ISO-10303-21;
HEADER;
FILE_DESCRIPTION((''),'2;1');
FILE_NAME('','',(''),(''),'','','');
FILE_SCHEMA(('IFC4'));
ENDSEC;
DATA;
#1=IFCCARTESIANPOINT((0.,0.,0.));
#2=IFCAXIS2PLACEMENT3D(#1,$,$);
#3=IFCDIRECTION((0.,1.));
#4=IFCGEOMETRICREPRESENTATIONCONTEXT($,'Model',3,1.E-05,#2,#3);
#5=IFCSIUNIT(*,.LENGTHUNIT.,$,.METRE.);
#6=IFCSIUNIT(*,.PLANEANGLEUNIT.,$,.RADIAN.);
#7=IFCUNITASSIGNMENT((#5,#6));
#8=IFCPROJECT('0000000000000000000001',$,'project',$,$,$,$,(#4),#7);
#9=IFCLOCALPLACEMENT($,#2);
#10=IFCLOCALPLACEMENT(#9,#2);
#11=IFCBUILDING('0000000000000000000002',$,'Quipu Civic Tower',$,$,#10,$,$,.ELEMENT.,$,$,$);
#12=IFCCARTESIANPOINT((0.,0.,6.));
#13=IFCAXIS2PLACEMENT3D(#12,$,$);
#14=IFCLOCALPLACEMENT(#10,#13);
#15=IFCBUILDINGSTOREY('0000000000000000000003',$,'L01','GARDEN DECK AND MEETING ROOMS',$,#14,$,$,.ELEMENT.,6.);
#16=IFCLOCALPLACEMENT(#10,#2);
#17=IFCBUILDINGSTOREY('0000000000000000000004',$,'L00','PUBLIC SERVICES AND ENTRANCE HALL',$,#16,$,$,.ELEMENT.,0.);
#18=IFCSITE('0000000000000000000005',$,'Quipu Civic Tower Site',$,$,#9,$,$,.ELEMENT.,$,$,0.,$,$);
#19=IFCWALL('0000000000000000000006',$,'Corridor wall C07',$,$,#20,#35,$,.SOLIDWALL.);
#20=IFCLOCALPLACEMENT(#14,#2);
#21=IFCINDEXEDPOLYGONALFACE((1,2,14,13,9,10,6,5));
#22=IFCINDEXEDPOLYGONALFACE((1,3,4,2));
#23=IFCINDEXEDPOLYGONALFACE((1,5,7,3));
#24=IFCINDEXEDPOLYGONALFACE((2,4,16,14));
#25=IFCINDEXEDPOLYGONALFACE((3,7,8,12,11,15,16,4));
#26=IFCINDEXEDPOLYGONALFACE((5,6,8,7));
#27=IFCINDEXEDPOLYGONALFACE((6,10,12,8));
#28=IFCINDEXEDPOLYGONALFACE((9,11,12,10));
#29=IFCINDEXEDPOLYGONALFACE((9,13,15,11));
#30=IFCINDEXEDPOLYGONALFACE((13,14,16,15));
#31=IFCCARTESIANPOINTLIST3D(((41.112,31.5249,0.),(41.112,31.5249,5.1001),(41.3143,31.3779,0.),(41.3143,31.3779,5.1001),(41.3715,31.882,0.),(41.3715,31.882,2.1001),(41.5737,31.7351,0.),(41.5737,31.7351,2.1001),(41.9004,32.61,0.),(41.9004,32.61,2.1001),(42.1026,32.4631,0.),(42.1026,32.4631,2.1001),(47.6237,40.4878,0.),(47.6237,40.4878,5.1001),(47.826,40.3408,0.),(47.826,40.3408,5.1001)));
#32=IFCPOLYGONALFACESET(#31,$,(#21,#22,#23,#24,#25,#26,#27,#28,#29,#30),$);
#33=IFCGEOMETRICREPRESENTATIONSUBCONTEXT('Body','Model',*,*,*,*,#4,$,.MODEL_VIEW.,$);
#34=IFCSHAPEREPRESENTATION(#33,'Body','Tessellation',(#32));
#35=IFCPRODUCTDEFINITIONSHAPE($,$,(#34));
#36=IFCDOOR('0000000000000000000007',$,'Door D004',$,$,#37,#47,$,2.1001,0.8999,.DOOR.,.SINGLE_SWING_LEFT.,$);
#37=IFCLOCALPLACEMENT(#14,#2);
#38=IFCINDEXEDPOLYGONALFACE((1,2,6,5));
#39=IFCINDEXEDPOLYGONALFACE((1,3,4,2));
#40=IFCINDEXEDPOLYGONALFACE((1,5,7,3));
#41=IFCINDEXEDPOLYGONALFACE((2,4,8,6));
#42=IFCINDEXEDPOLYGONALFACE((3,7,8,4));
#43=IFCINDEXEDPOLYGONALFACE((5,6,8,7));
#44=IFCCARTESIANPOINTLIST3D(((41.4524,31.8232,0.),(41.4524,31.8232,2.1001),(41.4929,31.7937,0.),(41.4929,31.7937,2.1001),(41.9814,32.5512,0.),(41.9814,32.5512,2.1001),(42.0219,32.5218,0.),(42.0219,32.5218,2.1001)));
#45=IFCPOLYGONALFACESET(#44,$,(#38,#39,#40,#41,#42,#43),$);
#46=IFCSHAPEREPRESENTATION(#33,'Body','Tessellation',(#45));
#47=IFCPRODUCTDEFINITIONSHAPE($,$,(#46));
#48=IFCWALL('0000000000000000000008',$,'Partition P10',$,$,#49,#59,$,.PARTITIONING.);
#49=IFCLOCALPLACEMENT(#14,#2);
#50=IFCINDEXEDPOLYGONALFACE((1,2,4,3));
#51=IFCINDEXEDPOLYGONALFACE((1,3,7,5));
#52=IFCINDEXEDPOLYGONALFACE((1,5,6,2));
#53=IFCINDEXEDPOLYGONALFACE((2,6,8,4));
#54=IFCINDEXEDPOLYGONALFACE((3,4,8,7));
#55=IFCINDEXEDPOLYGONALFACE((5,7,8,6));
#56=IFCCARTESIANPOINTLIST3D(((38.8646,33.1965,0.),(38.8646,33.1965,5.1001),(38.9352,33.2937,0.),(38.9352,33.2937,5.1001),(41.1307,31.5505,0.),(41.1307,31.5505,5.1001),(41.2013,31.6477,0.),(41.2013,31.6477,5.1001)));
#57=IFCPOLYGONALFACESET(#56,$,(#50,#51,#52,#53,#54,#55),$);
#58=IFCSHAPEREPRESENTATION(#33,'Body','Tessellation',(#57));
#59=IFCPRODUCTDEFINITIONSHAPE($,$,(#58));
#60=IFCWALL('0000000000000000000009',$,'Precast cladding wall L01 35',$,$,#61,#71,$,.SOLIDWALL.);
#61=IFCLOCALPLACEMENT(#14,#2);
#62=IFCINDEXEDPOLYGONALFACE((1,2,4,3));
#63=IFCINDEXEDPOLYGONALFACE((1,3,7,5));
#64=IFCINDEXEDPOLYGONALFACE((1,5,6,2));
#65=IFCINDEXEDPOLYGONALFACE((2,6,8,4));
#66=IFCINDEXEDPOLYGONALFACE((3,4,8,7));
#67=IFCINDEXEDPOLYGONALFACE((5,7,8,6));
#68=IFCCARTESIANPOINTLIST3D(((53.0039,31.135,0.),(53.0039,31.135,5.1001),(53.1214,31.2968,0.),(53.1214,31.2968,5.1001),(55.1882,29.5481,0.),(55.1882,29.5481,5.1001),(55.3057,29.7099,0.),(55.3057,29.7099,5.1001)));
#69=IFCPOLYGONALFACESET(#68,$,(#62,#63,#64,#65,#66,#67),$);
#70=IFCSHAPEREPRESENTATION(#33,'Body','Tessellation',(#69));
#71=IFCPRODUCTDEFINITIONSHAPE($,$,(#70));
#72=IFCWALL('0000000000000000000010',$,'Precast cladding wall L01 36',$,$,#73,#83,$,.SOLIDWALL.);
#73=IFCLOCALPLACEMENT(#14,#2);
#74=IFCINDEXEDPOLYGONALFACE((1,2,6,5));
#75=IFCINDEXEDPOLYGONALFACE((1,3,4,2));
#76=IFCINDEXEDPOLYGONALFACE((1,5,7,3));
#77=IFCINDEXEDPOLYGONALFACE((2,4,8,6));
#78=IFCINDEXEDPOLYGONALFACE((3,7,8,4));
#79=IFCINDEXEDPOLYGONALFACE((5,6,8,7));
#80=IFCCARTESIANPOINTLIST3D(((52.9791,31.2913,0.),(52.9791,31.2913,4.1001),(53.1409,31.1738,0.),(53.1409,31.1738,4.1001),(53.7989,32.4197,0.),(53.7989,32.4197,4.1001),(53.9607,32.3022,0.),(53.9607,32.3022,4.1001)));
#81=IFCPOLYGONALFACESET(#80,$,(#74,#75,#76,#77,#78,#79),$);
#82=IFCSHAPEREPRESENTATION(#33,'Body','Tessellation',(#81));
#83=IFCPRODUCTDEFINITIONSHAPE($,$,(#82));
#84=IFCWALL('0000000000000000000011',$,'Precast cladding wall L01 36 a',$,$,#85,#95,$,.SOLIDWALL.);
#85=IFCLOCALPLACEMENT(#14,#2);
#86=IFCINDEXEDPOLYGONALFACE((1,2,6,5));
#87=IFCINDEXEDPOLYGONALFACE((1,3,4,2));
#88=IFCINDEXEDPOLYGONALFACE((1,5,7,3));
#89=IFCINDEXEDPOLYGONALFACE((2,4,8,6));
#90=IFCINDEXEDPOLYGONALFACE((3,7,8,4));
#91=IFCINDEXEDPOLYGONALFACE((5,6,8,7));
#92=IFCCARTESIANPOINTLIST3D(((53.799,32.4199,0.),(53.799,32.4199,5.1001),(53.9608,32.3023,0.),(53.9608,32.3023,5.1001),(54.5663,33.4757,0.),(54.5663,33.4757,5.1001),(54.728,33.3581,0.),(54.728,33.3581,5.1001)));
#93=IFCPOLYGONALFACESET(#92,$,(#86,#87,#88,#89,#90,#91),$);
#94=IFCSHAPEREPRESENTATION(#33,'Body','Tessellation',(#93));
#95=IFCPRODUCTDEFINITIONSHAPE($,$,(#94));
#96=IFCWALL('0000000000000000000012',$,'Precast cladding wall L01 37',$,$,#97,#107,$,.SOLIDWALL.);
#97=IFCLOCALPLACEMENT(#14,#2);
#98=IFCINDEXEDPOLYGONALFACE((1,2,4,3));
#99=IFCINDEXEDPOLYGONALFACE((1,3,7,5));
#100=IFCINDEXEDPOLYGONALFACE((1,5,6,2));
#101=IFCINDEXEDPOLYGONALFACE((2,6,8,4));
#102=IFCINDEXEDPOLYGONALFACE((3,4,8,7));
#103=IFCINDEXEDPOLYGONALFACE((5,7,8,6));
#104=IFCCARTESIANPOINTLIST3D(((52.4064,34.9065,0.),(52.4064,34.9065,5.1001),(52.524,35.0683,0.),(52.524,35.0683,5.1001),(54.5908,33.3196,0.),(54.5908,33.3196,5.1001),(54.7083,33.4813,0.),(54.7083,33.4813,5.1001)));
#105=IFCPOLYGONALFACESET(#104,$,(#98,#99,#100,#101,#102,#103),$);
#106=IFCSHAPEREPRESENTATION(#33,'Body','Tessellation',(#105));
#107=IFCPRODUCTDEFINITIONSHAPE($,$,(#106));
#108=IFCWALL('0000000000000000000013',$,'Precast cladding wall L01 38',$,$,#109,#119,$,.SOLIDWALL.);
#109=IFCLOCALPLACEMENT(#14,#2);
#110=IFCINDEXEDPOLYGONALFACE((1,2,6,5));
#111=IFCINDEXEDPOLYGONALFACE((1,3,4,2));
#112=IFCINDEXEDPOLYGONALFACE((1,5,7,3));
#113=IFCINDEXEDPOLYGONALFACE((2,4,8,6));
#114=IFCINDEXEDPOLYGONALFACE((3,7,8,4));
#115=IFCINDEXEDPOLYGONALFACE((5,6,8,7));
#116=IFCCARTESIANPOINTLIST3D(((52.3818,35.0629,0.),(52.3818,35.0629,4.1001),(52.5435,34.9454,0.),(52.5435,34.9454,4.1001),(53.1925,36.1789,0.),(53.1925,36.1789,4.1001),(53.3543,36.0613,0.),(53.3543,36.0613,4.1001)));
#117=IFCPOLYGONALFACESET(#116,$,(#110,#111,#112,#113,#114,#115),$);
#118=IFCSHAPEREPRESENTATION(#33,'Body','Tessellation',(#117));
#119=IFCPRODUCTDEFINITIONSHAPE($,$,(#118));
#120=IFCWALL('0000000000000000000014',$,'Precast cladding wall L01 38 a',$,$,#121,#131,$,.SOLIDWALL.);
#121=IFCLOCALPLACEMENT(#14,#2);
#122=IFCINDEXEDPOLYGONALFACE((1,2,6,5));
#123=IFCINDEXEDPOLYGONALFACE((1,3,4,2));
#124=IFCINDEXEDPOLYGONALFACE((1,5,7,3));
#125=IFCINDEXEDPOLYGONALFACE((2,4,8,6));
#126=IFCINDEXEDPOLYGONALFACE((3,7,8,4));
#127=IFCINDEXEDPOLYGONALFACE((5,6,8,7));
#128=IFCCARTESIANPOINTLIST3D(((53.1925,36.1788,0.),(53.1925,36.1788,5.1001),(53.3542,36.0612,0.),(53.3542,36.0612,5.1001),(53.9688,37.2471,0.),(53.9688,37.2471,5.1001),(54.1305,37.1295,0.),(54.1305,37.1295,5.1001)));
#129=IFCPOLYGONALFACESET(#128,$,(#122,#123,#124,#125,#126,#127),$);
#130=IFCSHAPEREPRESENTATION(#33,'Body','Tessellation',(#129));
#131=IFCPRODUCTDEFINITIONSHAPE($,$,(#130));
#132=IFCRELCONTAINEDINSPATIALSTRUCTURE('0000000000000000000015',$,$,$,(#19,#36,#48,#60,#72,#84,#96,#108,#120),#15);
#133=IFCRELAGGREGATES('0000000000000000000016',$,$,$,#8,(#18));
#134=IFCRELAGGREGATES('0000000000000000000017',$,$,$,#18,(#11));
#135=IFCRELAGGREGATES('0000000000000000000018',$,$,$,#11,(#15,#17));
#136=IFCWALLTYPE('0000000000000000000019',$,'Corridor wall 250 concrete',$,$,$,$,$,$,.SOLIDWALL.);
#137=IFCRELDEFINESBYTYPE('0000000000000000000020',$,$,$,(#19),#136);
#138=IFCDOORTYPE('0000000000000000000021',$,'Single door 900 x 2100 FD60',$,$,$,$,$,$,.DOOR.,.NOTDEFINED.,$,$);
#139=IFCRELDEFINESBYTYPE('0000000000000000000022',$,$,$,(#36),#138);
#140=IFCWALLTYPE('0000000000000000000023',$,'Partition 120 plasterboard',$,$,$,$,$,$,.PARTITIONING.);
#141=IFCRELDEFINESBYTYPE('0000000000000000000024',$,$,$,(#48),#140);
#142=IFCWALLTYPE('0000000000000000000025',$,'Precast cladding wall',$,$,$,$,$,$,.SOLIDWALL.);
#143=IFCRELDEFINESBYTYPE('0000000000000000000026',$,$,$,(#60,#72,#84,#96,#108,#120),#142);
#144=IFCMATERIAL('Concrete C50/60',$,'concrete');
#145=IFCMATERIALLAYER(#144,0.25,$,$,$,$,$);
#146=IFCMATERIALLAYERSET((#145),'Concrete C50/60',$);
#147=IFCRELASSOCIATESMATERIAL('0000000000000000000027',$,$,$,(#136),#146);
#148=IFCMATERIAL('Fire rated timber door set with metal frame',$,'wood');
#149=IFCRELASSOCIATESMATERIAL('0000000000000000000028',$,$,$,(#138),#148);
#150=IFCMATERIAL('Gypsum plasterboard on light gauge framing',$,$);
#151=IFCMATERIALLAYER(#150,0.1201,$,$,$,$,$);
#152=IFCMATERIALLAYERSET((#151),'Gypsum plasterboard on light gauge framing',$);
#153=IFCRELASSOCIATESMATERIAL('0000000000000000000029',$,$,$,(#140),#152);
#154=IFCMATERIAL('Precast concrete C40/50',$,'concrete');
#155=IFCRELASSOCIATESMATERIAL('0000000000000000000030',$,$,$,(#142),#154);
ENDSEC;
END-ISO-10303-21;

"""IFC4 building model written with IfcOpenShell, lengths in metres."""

from ifc_helpers import new_model, si_unit, direction, frame, frame_2d, origin, place, context, subcontext, project, spatial, rectangle, extrude, material, layer, layer_set, type_object, element, fill, save


model = new_model("IFC4")

# Units and contexts
model_context = context("Model", 3, precision=1e-05, world=origin(), true_north=direction((0.0, 1.0)))
body_context = subcontext(model_context, "Body", "Model", "MODEL_VIEW")
ifc_project = project(units=[si_unit("LENGTHUNIT", "METRE"), si_unit("PLANEANGLEUNIT", "RADIAN")], contexts=[model_context])

# Site, building, storey
site_placement = place(None, origin())
site = spatial("IfcSite", under=ifc_project, at=site_placement, Name="Quipu Civic Tower Site", CompositionType="ELEMENT", RefElevation=0.0)
building_placement = place(site_placement, origin())
building = spatial("IfcBuilding", under=site, at=building_placement, Name="Quipu Civic Tower", CompositionType="ELEMENT")
storey_1_placement = place(building_placement, frame((0.0, 0.0, 6.0)))
storey_1 = spatial("IfcBuildingStorey", under=building, at=storey_1_placement, Name="L01", Description="GARDEN DECK AND MEETING ROOMS", CompositionType="ELEMENT", Elevation=6.0)

# Shared definitions
storey_2_placement = place(building_placement, origin())
storey_2 = spatial("IfcBuildingStorey", under=building, at=storey_2_placement, Name="L00", Description="PUBLIC SERVICES AND ENTRANCE HALL", CompositionType="ELEMENT", Elevation=0.0)

# Wall, opening, door
ifc_material_1 = material(Name="Concrete C50/60", Category="concrete")
ifc_layer_1 = layer(ifc_material_1, 0.25)
ifc_layer_set_1 = layer_set([ifc_layer_1], Name="Concrete C50/60")
wall_type_1 = type_object("IfcWallType", Name="Corridor wall 250 concrete", PredefinedType="SOLIDWALL", material=ifc_layer_set_1)
wall_1_placement = place(storey_1_placement, frame((41.2131, 31.4514, 0.0), z_axis=(0.0, 0.0, 1.0), x_axis=(0.587773, 0.809026, 0.0)))
wall_1 = element("IfcWall", 1, at=wall_1_placement, inside=storey_1, type_object=wall_type_1, Name="Corridor wall C07", PredefinedType="SOLIDWALL", context=body_context, shape_type="SweptSolid", body=[
    extrude(rectangle(XDim=11.0786, YDim=0.25, at=frame_2d((5.5393, 0.0))), origin(), (0.0, 0.0, 1.0), 5.1001),
])
opening_placement = place(wall_1_placement, frame((0.4414, 0.0, 0.0)))
opening = element("IfcOpeningElement", 2, at=opening_placement, cuts=wall_1, PredefinedType="OPENING", context=body_context, shape_type="SweptSolid", body=[
    extrude(rectangle(XDim=0.8999, YDim=2.1001, at=frame_2d((0.45, 1.05))), frame((0.0, 0.135, 0.0), z_axis=(0.0, -1.0, 0.0), x_axis=(1.0, 0.0, 0.0)), (0.0, 0.0, 1.0), 0.27),
])
ifc_material_2 = material(Name="Fire rated timber door set with metal frame", Category="wood")
door_type = type_object("IfcDoorType", Name="Single door 900 x 2100 FD60", OperationType="NOTDEFINED", PredefinedType="DOOR", material=ifc_material_2)
door_placement = place(opening_placement, origin())
door = element("IfcDoor", 3, at=door_placement, inside=storey_1, type_object=door_type, Name="Door D004", OperationType="SINGLE_SWING_LEFT", OverallHeight=2.1001, OverallWidth=0.8999, PredefinedType="DOOR", context=body_context, shape_type="SweptSolid", body=[
    extrude(rectangle(XDim=0.8999, YDim=2.1001, at=frame_2d((0.45, 1.05))), frame((0.0, 0.0249, 0.0), z_axis=(0.0, -1.0, 0.0), x_axis=(1.0, 0.0, 0.0)), (0.0, 0.0, 1.0), 0.05),
])
fill(opening, door)

# Walls
ifc_material_3 = material(Name="Gypsum plasterboard on light gauge framing")
ifc_layer_2 = layer(ifc_material_3, 0.1201)
ifc_layer_set_2 = layer_set([ifc_layer_2], Name="Gypsum plasterboard on light gauge framing")
wall_type_2 = type_object("IfcWallType", Name="Partition 120 plasterboard", PredefinedType="PARTITIONING", material=ifc_layer_set_2)
wall_2_placement = place(storey_1_placement, frame((38.8999, 33.2451, 0.0), z_axis=(0.0, 0.0, 1.0), x_axis=(0.80909, -0.587684, 0.0)))
element("IfcWall", 4, at=wall_2_placement, inside=storey_1, type_object=wall_type_2, Name="Partition P10", PredefinedType="PARTITIONING", context=body_context, shape_type="SweptSolid", body=[
    extrude(rectangle(XDim=2.8008, YDim=0.1201, at=frame_2d((1.4004, 0.0))), origin(), (0.0, 0.0, 1.0), 5.1001),
])
ifc_material_4 = material(Name="Precast concrete C40/50", Category="concrete")
wall_type_3 = type_object("IfcWallType", Name="Precast cladding wall", PredefinedType="SOLIDWALL", material=ifc_material_4)
wall_3_placement = place(storey_1_placement, frame((55.2471, 29.6289, 0.0), z_axis=(0.0, 0.0, 1.0), x_axis=(-0.809033, 0.587763, 0.0)))
element("IfcWall", 5, at=wall_3_placement, inside=storey_1, type_object=wall_type_3, Name="Precast cladding wall L01 35", PredefinedType="SOLIDWALL", context=body_context, shape_type="SweptSolid", body=[
    extrude(rectangle(XDim=2.7, YDim=0.2, at=frame_2d((1.3501, 0.0))), origin(), (0.0, 0.0, 1.0), 5.1001),
])
wall_4_placement = place(storey_1_placement, frame((53.0601, 31.2327, 0.0), z_axis=(0.0, 0.0, 1.0), x_axis=(0.587776, 0.809024, 0.0)))
element("IfcWall", 6, at=wall_4_placement, inside=storey_1, type_object=wall_type_3, Name="Precast cladding wall L01 36", PredefinedType="SOLIDWALL", context=body_context, shape_type="SweptSolid", body=[
    extrude(rectangle(XDim=1.3948, YDim=0.2, at=frame_2d((0.6973, 0.0))), origin(), (0.0, 0.0, 1.0), 4.1001),
])
wall_5_placement = place(storey_1_placement, frame((53.8799, 32.3611, 0.0), z_axis=(0.0, 0.0, 1.0), x_axis=(0.587871, 0.808954, 0.0)))
element("IfcWall", 7, at=wall_5_placement, inside=storey_1, type_object=wall_type_3, Name="Precast cladding wall L01 36 a", PredefinedType="SOLIDWALL", context=body_context, shape_type="SweptSolid", body=[
    extrude(rectangle(XDim=1.3052, YDim=0.2, at=frame_2d((0.6526, 0.0))), origin(), (0.0, 0.0, 1.0), 5.1001),
])
wall_6_placement = place(storey_1_placement, frame((54.6497, 33.4004, 0.0), z_axis=(0.0, 0.0, 1.0), x_axis=(-0.809033, 0.587763, 0.0)))
element("IfcWall", 8, at=wall_6_placement, inside=storey_1, type_object=wall_type_3, Name="Precast cladding wall L01 37", PredefinedType="SOLIDWALL", context=body_context, shape_type="SweptSolid", body=[
    extrude(rectangle(XDim=2.7, YDim=0.2, at=frame_2d((1.3501, 0.0))), origin(), (0.0, 0.0, 1.0), 5.1001),
])
wall_7_placement = place(storey_1_placement, frame((52.4626, 35.0042, 0.0), z_axis=(0.0, 0.0, 1.0), x_axis=(0.587782, 0.809019, 0.0)))
element("IfcWall", 9, at=wall_7_placement, inside=storey_1, type_object=wall_type_3, Name="Precast cladding wall L01 38", PredefinedType="SOLIDWALL", context=body_context, shape_type="SweptSolid", body=[
    extrude(rectangle(XDim=1.3794, YDim=0.2, at=frame_2d((0.6897, 0.0))), origin(), (0.0, 0.0, 1.0), 4.1001),
])
wall_8_placement = place(storey_1_placement, frame((53.2734, 36.1201, 0.0), z_axis=(0.0, 0.0, 1.0), x_axis=(0.587864, 0.80896, 0.0)))
element("IfcWall", 10, at=wall_8_placement, inside=storey_1, type_object=wall_type_3, Name="Precast cladding wall L01 38 a", PredefinedType="SOLIDWALL", context=body_context, shape_type="SweptSolid", body=[
    extrude(rectangle(XDim=1.3206, YDim=0.2, at=frame_2d((0.6602, 0.0))), origin(), (0.0, 0.0, 1.0), 5.1001),
])

save(model, "model.ifc")
